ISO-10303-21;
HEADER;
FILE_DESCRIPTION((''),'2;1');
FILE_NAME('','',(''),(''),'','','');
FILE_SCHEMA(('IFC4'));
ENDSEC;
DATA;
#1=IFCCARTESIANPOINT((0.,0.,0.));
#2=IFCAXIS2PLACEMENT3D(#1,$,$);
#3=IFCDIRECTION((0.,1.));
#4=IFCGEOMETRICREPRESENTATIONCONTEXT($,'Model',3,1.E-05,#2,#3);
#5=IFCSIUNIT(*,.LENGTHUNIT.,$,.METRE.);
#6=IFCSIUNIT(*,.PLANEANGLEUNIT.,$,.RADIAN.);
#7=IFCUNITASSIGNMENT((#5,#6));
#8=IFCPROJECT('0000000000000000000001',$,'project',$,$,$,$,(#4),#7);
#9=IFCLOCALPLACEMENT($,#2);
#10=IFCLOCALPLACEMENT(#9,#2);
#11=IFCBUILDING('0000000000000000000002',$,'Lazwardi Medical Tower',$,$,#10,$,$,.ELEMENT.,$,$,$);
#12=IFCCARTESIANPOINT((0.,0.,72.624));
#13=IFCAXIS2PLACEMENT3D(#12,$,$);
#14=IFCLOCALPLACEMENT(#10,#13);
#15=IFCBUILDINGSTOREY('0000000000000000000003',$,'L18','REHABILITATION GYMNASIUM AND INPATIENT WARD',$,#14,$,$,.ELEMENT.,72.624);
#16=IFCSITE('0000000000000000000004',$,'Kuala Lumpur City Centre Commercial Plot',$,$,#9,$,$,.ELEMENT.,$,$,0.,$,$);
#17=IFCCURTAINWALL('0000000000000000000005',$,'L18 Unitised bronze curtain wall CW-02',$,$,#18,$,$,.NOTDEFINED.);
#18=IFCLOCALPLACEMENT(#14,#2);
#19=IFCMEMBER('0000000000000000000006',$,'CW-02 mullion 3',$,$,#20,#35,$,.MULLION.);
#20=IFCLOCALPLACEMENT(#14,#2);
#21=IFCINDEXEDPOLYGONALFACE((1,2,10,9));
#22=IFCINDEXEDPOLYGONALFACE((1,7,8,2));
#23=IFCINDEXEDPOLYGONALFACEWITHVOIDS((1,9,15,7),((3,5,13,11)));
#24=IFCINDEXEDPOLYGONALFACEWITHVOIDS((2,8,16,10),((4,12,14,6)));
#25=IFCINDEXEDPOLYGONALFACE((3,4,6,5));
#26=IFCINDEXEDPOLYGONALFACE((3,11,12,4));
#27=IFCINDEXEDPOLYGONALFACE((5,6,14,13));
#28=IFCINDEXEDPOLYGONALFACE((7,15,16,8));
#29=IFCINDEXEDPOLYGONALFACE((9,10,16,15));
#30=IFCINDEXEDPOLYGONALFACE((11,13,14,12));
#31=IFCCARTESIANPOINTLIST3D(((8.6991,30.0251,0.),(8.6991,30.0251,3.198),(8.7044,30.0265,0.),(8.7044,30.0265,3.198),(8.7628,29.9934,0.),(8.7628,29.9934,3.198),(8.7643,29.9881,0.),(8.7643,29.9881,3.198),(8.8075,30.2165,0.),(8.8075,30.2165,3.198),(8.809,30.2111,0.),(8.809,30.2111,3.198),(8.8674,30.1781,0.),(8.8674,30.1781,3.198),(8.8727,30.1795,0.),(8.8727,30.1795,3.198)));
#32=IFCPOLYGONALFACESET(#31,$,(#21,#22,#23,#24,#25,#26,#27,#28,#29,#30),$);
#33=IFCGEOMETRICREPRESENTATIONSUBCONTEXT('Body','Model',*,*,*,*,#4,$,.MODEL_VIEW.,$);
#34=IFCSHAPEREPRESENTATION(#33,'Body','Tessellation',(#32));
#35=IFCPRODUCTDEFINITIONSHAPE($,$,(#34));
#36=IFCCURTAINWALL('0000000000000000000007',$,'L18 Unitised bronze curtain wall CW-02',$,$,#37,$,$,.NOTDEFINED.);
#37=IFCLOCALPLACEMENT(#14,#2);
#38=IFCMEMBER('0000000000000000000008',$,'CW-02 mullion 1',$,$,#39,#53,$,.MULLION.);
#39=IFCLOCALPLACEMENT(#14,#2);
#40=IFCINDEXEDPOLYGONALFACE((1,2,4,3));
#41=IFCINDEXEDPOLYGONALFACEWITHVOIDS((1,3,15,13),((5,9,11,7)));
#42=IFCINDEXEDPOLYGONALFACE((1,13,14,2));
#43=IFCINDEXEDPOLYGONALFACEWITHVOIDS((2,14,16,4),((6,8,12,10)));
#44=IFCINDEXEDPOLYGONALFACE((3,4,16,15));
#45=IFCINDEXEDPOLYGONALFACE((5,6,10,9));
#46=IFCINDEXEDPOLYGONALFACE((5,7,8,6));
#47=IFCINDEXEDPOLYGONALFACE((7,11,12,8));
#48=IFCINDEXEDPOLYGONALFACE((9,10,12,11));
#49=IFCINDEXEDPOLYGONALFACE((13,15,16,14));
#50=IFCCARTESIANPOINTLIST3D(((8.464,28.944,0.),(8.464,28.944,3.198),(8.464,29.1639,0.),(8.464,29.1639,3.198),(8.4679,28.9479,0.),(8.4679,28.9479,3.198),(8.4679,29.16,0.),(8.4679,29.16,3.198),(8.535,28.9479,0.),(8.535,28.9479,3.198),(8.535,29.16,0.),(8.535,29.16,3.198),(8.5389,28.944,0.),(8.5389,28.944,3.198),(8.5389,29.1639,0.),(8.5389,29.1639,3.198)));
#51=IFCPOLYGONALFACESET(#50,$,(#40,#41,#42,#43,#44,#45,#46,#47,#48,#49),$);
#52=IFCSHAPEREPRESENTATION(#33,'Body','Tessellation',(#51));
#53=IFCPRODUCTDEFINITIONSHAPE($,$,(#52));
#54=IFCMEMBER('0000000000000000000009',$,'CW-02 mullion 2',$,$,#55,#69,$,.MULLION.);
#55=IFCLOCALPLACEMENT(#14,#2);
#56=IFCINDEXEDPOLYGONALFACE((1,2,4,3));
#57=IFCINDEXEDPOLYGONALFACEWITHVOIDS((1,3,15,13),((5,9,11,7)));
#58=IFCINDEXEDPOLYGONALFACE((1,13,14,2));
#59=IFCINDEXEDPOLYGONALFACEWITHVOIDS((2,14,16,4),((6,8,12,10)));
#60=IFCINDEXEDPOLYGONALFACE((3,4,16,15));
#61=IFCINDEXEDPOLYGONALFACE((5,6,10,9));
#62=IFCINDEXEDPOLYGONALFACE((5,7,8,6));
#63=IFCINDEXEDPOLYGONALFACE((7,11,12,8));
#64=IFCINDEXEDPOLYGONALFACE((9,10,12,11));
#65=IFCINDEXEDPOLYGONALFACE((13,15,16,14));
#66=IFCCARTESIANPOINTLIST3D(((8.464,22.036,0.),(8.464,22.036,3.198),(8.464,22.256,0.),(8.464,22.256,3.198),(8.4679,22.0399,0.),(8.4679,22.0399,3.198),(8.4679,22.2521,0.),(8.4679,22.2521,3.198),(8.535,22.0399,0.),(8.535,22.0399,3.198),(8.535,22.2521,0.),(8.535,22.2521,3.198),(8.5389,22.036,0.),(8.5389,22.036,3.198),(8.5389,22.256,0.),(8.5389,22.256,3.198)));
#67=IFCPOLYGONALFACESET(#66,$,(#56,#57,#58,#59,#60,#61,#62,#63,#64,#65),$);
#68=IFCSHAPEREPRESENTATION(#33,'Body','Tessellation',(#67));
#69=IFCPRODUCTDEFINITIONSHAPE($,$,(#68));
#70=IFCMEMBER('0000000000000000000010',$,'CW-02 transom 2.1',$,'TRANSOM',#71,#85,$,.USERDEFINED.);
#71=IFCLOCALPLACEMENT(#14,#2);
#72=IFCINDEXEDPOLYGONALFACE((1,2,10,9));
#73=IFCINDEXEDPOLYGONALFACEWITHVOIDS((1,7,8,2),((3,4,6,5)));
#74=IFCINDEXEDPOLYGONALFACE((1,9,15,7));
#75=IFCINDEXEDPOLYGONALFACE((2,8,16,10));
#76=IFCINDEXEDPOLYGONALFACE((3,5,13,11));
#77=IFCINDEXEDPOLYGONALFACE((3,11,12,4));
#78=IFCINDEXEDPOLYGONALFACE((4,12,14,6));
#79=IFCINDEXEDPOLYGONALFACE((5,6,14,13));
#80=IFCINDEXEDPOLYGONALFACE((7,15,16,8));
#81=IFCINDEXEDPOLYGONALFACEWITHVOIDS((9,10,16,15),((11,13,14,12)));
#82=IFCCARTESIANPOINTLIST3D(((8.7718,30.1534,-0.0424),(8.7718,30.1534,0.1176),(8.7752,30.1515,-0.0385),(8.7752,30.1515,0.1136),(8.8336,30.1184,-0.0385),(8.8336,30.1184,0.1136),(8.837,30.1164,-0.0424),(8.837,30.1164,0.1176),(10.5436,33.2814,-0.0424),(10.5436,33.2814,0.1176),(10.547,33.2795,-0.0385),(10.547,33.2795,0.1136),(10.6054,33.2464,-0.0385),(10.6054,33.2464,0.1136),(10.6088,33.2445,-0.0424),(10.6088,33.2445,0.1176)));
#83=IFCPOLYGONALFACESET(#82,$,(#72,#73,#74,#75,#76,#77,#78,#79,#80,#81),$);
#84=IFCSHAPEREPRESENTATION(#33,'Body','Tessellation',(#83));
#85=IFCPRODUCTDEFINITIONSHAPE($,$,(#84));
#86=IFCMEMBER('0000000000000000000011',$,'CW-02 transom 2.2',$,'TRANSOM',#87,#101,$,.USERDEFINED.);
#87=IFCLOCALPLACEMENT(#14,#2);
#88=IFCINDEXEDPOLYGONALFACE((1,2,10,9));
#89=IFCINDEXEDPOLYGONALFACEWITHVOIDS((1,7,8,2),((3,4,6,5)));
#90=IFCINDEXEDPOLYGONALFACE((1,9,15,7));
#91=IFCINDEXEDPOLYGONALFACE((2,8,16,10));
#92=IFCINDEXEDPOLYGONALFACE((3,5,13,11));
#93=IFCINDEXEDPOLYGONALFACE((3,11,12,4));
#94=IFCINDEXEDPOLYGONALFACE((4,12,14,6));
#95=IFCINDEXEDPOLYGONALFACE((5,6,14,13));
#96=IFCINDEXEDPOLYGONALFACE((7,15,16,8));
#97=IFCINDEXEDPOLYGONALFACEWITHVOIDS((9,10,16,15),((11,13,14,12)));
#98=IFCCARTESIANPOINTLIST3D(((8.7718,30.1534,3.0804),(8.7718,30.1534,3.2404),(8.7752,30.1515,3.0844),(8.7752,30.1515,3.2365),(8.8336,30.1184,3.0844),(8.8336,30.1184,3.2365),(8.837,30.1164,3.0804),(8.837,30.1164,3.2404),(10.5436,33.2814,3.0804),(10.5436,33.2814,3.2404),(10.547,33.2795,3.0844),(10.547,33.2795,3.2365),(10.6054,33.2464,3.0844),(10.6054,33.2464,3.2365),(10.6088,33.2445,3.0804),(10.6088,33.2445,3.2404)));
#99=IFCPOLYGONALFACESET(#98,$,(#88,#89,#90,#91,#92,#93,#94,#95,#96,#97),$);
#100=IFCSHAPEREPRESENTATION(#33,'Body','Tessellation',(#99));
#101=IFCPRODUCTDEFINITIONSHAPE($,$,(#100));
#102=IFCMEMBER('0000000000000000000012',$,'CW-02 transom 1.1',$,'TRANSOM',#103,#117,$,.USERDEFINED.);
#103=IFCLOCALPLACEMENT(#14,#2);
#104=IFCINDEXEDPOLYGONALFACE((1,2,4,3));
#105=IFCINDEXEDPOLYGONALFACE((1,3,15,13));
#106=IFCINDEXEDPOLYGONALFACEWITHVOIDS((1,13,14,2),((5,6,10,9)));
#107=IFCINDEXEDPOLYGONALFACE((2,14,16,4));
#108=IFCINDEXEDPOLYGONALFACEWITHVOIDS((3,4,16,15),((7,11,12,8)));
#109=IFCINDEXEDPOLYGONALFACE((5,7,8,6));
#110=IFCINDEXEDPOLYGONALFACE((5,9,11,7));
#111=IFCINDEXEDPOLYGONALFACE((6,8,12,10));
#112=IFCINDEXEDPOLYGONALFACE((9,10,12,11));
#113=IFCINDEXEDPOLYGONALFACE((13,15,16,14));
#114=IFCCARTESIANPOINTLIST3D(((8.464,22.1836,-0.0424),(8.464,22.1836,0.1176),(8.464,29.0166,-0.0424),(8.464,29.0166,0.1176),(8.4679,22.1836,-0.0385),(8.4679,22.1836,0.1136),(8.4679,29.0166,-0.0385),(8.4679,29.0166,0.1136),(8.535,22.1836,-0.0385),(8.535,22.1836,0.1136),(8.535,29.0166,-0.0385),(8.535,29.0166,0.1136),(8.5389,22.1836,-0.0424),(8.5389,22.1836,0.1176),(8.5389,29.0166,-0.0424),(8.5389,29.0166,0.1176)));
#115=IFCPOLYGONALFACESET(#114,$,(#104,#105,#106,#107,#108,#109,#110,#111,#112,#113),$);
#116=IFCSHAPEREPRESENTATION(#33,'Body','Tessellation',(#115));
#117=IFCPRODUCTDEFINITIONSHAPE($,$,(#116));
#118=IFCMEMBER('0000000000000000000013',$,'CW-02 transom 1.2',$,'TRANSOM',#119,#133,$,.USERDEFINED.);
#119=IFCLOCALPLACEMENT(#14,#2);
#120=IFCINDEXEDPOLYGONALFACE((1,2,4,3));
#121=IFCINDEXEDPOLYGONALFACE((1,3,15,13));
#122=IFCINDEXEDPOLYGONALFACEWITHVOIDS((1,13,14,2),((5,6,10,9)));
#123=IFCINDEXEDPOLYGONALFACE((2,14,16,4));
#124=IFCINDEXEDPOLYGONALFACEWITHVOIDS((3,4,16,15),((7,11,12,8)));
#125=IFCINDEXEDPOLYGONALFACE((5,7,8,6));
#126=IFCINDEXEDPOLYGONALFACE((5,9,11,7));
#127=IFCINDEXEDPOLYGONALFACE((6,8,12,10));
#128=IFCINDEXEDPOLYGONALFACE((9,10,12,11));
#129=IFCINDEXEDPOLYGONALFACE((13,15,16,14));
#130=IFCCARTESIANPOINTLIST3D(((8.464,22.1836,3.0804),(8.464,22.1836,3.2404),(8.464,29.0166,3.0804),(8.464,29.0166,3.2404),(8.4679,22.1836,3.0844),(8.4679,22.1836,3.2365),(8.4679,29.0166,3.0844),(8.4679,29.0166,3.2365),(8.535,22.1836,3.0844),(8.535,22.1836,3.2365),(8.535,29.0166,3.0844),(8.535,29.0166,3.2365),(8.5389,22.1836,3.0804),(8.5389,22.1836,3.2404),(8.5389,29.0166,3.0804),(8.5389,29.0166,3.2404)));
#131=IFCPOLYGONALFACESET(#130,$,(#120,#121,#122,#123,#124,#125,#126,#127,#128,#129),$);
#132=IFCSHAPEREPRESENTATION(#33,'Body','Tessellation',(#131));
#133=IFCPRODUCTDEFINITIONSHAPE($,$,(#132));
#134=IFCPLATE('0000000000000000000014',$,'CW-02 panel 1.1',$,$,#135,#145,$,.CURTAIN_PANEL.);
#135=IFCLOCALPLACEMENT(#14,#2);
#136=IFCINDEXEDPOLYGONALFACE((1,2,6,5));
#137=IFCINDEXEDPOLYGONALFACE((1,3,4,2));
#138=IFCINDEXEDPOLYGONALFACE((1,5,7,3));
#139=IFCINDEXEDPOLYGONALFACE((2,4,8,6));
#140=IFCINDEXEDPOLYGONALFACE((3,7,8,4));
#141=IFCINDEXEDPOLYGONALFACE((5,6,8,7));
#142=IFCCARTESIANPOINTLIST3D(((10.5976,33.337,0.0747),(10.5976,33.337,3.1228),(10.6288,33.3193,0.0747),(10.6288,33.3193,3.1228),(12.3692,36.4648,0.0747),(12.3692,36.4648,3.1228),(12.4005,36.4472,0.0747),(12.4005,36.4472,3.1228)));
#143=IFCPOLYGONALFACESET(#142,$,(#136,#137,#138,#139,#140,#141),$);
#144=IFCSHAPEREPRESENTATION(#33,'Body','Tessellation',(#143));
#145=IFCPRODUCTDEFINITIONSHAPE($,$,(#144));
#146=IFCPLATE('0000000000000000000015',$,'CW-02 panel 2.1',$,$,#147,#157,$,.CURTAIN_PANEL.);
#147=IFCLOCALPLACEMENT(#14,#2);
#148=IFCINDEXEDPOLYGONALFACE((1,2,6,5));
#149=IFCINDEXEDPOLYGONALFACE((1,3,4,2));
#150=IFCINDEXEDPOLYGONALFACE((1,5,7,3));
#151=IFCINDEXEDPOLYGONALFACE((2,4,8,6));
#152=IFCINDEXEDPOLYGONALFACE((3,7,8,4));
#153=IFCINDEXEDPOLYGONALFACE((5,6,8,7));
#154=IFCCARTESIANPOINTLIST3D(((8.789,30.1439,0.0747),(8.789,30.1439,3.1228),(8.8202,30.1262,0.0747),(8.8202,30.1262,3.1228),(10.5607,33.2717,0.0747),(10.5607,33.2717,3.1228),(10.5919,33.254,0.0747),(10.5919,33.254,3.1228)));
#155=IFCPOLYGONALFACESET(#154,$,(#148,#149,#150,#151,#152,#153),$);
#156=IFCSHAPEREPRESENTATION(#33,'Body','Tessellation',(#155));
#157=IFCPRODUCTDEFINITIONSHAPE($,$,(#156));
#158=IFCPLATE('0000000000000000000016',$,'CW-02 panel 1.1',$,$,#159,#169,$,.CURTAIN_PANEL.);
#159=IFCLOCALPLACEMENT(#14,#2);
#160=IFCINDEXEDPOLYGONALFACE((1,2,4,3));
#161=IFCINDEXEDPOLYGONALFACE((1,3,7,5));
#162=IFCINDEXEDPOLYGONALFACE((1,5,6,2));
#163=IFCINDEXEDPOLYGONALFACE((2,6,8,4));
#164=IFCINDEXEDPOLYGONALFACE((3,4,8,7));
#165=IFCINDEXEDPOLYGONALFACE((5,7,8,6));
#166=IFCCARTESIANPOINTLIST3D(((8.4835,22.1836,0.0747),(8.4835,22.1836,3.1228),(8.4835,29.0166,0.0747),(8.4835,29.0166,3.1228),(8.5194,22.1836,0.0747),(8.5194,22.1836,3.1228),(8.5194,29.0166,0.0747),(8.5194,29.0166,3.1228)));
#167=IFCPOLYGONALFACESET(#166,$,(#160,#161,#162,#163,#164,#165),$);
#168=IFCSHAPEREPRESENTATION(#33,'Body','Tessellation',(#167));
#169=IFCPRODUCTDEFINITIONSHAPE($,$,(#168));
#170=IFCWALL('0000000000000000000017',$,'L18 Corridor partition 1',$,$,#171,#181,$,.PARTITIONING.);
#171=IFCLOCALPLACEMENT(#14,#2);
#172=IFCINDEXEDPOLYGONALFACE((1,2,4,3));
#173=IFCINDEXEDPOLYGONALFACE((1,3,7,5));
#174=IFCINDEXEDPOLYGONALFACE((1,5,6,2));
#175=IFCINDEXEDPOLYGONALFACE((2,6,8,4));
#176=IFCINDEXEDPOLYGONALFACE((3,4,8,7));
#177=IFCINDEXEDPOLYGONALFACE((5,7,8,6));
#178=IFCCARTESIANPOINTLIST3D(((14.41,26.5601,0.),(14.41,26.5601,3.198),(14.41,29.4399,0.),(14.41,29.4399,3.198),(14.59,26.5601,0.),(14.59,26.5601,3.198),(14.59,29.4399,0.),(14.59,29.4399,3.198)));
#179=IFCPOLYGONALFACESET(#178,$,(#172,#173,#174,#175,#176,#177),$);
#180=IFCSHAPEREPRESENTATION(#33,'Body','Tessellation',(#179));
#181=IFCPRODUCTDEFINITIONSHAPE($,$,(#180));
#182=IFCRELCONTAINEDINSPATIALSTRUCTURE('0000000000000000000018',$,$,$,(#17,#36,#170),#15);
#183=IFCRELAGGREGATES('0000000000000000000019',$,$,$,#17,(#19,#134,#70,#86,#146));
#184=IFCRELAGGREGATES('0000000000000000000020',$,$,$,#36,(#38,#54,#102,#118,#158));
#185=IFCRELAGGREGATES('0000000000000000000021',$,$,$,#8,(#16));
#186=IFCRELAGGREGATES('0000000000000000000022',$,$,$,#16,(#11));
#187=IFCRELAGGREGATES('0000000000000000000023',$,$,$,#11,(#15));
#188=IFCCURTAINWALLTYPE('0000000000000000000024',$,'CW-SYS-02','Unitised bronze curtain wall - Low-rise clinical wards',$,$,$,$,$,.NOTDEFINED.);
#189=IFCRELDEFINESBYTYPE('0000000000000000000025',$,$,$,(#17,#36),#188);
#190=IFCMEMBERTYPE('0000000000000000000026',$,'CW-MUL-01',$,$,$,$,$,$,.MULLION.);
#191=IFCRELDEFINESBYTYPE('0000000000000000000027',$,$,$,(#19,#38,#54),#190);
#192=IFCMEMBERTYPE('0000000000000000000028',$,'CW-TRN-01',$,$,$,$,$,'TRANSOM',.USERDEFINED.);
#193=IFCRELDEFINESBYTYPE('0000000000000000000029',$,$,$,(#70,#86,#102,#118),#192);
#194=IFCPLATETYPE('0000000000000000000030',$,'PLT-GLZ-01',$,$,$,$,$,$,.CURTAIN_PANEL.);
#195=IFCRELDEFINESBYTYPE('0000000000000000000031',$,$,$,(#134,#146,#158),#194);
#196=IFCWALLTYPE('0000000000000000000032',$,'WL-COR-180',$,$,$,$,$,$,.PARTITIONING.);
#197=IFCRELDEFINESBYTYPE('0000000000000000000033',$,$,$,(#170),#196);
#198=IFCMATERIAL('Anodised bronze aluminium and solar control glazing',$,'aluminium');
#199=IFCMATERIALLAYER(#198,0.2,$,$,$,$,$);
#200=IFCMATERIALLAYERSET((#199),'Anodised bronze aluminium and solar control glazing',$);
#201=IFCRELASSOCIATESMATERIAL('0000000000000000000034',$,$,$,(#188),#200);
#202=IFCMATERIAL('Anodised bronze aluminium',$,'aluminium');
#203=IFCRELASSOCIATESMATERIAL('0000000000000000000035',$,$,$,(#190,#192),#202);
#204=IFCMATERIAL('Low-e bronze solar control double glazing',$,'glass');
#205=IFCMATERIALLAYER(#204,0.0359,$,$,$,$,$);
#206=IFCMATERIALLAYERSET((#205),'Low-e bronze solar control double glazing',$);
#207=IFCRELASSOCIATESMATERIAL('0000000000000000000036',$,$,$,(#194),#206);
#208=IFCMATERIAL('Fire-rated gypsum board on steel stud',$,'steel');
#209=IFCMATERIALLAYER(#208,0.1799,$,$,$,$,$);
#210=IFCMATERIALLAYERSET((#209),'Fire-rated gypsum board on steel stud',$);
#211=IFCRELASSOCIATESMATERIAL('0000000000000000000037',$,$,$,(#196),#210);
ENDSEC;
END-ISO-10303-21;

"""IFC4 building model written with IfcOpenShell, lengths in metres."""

from ifc_helpers import new_model, si_unit, direction, frame, frame_2d, origin, origin_2d, place, context, subcontext, project, spatial, rectangle, hollow_rectangle, extrude, material, layer, layer_set, material_profile, profile_set, type_object, element, aggregate, save


model = new_model("IFC4")

# Units and contexts
model_context = context("Model", 3, precision=1e-05, world=origin(), true_north=direction((0.0, 1.0)))
body_context = subcontext(model_context, "Body", "Model", "MODEL_VIEW")
ifc_project = project(units=[si_unit("LENGTHUNIT", "METRE"), si_unit("PLANEANGLEUNIT", "RADIAN")], contexts=[model_context])

# Site, building, storey
site_placement = place(None, origin())
site = spatial("IfcSite", under=ifc_project, at=site_placement, Name="Kuala Lumpur City Centre Commercial Plot", CompositionType="ELEMENT", RefElevation=0.0)
building_placement = place(site_placement, origin())
building = spatial("IfcBuilding", under=site, at=building_placement, Name="Lazwardi Medical Tower", CompositionType="ELEMENT")
storey_placement = place(building_placement, frame((0.0, 0.0, 72.624)))
storey = spatial("IfcBuildingStorey", under=building, at=storey_placement, Name="L18", Description="REHABILITATION GYMNASIUM AND INPATIENT WARD", CompositionType="ELEMENT", Elevation=72.624)

# Curtain walls, members
ifc_material_1 = material(Name="Anodised bronze aluminium and solar control glazing", Category="aluminium")
ifc_layer_1 = layer(ifc_material_1, 0.2)
ifc_layer_set_1 = layer_set([ifc_layer_1], Name="Anodised bronze aluminium and solar control glazing")
curtain_wall_type = type_object("IfcCurtainWallType", Name="CW-SYS-02", Description="Unitised bronze curtain wall - Low-rise clinical wards", PredefinedType="NOTDEFINED", material=ifc_layer_set_1)
curtain_wall_1_placement = place(storey_placement, origin())
curtain_wall_1 = element("IfcCurtainWall", 1, at=curtain_wall_1_placement, inside=storey, type_object=curtain_wall_type, Name="L18 Unitised bronze curtain wall CW-02", PredefinedType="NOTDEFINED")
ifc_material_2 = material(Name="Anodised bronze aluminium", Category="aluminium")
ifc_material_profile_1 = material_profile(ifc_material_2, hollow_rectangle(XDim=0.075, YDim=0.22, WallThickness=0.0039, at=origin_2d()), Name="ALU-MULLION 220x75x4")
ifc_profile_set_1 = profile_set([ifc_material_profile_1], Name="Anodised bronze aluminium")
member_type_1 = type_object("IfcMemberType", Name="CW-MUL-01", PredefinedType="MULLION", material=ifc_profile_set_1)
member_1_placement = place(storey_placement, frame((8.7859, 30.1023, 0.0), z_axis=(0.0, 0.0, 1.0), x_axis=(0.870112, -0.492854, 0.0)))
member_1 = element("IfcMember", 2, at=member_1_placement, type_object=member_type_1, Name="CW-02 mullion 3", PredefinedType="MULLION", context=body_context, shape_type="SweptSolid", body=[
    extrude(hollow_rectangle(XDim=0.075, YDim=0.22, WallThickness=0.0039, at=origin_2d()), origin(), (0.0, 0.0, 1.0), 3.198),
])
curtain_wall_2_placement = place(storey_placement, origin())
curtain_wall_2 = element("IfcCurtainWall", 3, at=curtain_wall_2_placement, inside=storey, type_object=curtain_wall_type, Name="L18 Unitised bronze curtain wall CW-02", PredefinedType="NOTDEFINED")
member_2_placement = place(storey_placement, frame((8.5015, 29.054, 0.0), z_axis=(0.0, 0.0, 1.0), x_axis=(1.0, 0.0, 0.0)))
member_2 = element("IfcMember", 4, at=member_2_placement, type_object=member_type_1, Name="CW-02 mullion 1", PredefinedType="MULLION", context=body_context, shape_type="SweptSolid", body=[
    extrude(hollow_rectangle(XDim=0.075, YDim=0.22, WallThickness=0.0039, at=origin_2d()), origin(), (0.0, 0.0, 1.0), 3.198),
])
member_3_placement = place(storey_placement, frame((8.5015, 22.146, 0.0), z_axis=(0.0, 0.0, 1.0), x_axis=(1.0, 0.0, 0.0)))
member_3 = element("IfcMember", 5, at=member_3_placement, type_object=member_type_1, Name="CW-02 mullion 2", PredefinedType="MULLION", context=body_context, shape_type="SweptSolid", body=[
    extrude(hollow_rectangle(XDim=0.075, YDim=0.22, WallThickness=0.0039, at=origin_2d()), origin(), (0.0, 0.0, 1.0), 3.198),
])

# Members
ifc_material_profile_2 = material_profile(ifc_material_2, hollow_rectangle(XDim=0.075, YDim=0.1599, WallThickness=0.0039, at=origin_2d()), Name="ALU-TRANSOM 160x75x4")
ifc_profile_set_2 = profile_set([ifc_material_profile_2], Name="Anodised bronze aluminium")
member_type_2 = type_object("IfcMemberType", Name="CW-TRN-01", ElementType="TRANSOM", PredefinedType="USERDEFINED", material=ifc_profile_set_2)
member_4_placement = place(storey_placement, frame((10.5762, 33.2629, 0.0376), z_axis=(-0.492851, -0.870113, 0.0), x_axis=(0.870113, -0.492851, 0.0)))
member_4 = element("IfcMember", 6, at=member_4_placement, type_object=member_type_2, Name="CW-02 transom 2.1", ObjectType="TRANSOM", PredefinedType="USERDEFINED", context=body_context, shape_type="SweptSolid", body=[
    extrude(hollow_rectangle(XDim=0.075, YDim=0.1599, WallThickness=0.0039, at=origin_2d()), origin(), (0.0, 0.0, 1.0), 3.595),
])
member_5_placement = place(storey_placement, frame((10.5762, 33.2629, 3.1604), z_axis=(-0.492851, -0.870113, 0.0), x_axis=(0.870113, -0.492851, 0.0)))
member_5 = element("IfcMember", 7, at=member_5_placement, type_object=member_type_2, Name="CW-02 transom 2.2", ObjectType="TRANSOM", PredefinedType="USERDEFINED", context=body_context, shape_type="SweptSolid", body=[
    extrude(hollow_rectangle(XDim=0.075, YDim=0.1599, WallThickness=0.0039, at=origin_2d()), origin(), (0.0, 0.0, 1.0), 3.595),
])
member_6_placement = place(storey_placement, frame((8.5015, 29.0166, 0.0376), z_axis=(0.0, -1.0, 0.0), x_axis=(1.0, 0.0, 0.0)))
member_6 = element("IfcMember", 8, at=member_6_placement, type_object=member_type_2, Name="CW-02 transom 1.1", ObjectType="TRANSOM", PredefinedType="USERDEFINED", context=body_context, shape_type="SweptSolid", body=[
    extrude(hollow_rectangle(XDim=0.075, YDim=0.1599, WallThickness=0.0039, at=origin_2d()), origin(), (0.0, 0.0, 1.0), 6.833),
])
member_7_placement = place(storey_placement, frame((8.5015, 29.0166, 3.1604), z_axis=(0.0, -1.0, 0.0), x_axis=(1.0, 0.0, 0.0)))
member_7 = element("IfcMember", 9, at=member_7_placement, type_object=member_type_2, Name="CW-02 transom 1.2", ObjectType="TRANSOM", PredefinedType="USERDEFINED", context=body_context, shape_type="SweptSolid", body=[
    extrude(hollow_rectangle(XDim=0.075, YDim=0.1599, WallThickness=0.0039, at=origin_2d()), origin(), (0.0, 0.0, 1.0), 6.833),
])

# Plates
ifc_material_3 = material(Name="Low-e bronze solar control double glazing", Category="glass")
ifc_layer_2 = layer(ifc_material_3, 0.0359)
ifc_layer_set_2 = layer_set([ifc_layer_2], Name="Low-e bronze solar control double glazing")
plate_type = type_object("IfcPlateType", Name="PLT-GLZ-01", PredefinedType="CURTAIN_PANEL", material=ifc_layer_set_2)
plate_1_placement = place(storey_placement, frame((11.499, 34.8921, 0.0747), z_axis=(0.0, 0.0, 1.0), x_axis=(-0.492854, -0.870112, 0.0)))
plate_1 = element("IfcPlate", 10, at=plate_1_placement, type_object=plate_type, Name="CW-02 panel 1.1", PredefinedType="CURTAIN_PANEL", context=body_context, shape_type="SweptSolid", body=[
    extrude(rectangle(XDim=3.5947, YDim=0.0359, at=origin_2d()), origin(), (0.0, 0.0, 1.0), 3.0481),
])
plate_2_placement = place(storey_placement, frame((9.6904, 31.699, 0.0747), z_axis=(0.0, 0.0, 1.0), x_axis=(-0.492854, -0.870112, 0.0)))
plate_2 = element("IfcPlate", 11, at=plate_2_placement, type_object=plate_type, Name="CW-02 panel 2.1", PredefinedType="CURTAIN_PANEL", context=body_context, shape_type="SweptSolid", body=[
    extrude(rectangle(XDim=3.5947, YDim=0.0359, at=origin_2d()), origin(), (0.0, 0.0, 1.0), 3.0481),
])
aggregate(curtain_wall_1, [member_1, plate_1, member_4, member_5, plate_2])
plate_3_placement = place(storey_placement, frame((8.5015, 25.6001, 0.0747), z_axis=(0.0, 0.0, 1.0), x_axis=(0.0, -1.0, 0.0)))
plate_3 = element("IfcPlate", 12, at=plate_3_placement, type_object=plate_type, Name="CW-02 panel 1.1", PredefinedType="CURTAIN_PANEL", context=body_context, shape_type="SweptSolid", body=[
    extrude(rectangle(XDim=6.833, YDim=0.0359, at=origin_2d()), origin(), (0.0, 0.0, 1.0), 3.0481),
])
aggregate(curtain_wall_2, [member_2, member_3, member_6, member_7, plate_3])

# Wall
ifc_material_4 = material(Name="Fire-rated gypsum board on steel stud", Category="steel")
ifc_layer_3 = layer(ifc_material_4, 0.1799)
ifc_layer_set_3 = layer_set([ifc_layer_3], Name="Fire-rated gypsum board on steel stud")
wall_type_1 = type_object("IfcWallType", Name="WL-COR-180", PredefinedType="PARTITIONING", material=ifc_layer_set_3)
wall_1_placement = place(storey_placement, frame((14.5, 26.5601, 0.0), z_axis=(0.0, 0.0, 1.0), x_axis=(0.0, 1.0, 0.0)))
element("IfcWall", 13, at=wall_1_placement, inside=storey, type_object=wall_type_1, Name="L18 Corridor partition 1", PredefinedType="PARTITIONING", context=body_context, shape_type="SweptSolid", body=[
    extrude(rectangle(XDim=2.8799, YDim=0.1799, at=frame_2d((1.4399, 0.0))), origin(), (0.0, 0.0, 1.0), 3.198),
])

save(model, "model.ifc")
